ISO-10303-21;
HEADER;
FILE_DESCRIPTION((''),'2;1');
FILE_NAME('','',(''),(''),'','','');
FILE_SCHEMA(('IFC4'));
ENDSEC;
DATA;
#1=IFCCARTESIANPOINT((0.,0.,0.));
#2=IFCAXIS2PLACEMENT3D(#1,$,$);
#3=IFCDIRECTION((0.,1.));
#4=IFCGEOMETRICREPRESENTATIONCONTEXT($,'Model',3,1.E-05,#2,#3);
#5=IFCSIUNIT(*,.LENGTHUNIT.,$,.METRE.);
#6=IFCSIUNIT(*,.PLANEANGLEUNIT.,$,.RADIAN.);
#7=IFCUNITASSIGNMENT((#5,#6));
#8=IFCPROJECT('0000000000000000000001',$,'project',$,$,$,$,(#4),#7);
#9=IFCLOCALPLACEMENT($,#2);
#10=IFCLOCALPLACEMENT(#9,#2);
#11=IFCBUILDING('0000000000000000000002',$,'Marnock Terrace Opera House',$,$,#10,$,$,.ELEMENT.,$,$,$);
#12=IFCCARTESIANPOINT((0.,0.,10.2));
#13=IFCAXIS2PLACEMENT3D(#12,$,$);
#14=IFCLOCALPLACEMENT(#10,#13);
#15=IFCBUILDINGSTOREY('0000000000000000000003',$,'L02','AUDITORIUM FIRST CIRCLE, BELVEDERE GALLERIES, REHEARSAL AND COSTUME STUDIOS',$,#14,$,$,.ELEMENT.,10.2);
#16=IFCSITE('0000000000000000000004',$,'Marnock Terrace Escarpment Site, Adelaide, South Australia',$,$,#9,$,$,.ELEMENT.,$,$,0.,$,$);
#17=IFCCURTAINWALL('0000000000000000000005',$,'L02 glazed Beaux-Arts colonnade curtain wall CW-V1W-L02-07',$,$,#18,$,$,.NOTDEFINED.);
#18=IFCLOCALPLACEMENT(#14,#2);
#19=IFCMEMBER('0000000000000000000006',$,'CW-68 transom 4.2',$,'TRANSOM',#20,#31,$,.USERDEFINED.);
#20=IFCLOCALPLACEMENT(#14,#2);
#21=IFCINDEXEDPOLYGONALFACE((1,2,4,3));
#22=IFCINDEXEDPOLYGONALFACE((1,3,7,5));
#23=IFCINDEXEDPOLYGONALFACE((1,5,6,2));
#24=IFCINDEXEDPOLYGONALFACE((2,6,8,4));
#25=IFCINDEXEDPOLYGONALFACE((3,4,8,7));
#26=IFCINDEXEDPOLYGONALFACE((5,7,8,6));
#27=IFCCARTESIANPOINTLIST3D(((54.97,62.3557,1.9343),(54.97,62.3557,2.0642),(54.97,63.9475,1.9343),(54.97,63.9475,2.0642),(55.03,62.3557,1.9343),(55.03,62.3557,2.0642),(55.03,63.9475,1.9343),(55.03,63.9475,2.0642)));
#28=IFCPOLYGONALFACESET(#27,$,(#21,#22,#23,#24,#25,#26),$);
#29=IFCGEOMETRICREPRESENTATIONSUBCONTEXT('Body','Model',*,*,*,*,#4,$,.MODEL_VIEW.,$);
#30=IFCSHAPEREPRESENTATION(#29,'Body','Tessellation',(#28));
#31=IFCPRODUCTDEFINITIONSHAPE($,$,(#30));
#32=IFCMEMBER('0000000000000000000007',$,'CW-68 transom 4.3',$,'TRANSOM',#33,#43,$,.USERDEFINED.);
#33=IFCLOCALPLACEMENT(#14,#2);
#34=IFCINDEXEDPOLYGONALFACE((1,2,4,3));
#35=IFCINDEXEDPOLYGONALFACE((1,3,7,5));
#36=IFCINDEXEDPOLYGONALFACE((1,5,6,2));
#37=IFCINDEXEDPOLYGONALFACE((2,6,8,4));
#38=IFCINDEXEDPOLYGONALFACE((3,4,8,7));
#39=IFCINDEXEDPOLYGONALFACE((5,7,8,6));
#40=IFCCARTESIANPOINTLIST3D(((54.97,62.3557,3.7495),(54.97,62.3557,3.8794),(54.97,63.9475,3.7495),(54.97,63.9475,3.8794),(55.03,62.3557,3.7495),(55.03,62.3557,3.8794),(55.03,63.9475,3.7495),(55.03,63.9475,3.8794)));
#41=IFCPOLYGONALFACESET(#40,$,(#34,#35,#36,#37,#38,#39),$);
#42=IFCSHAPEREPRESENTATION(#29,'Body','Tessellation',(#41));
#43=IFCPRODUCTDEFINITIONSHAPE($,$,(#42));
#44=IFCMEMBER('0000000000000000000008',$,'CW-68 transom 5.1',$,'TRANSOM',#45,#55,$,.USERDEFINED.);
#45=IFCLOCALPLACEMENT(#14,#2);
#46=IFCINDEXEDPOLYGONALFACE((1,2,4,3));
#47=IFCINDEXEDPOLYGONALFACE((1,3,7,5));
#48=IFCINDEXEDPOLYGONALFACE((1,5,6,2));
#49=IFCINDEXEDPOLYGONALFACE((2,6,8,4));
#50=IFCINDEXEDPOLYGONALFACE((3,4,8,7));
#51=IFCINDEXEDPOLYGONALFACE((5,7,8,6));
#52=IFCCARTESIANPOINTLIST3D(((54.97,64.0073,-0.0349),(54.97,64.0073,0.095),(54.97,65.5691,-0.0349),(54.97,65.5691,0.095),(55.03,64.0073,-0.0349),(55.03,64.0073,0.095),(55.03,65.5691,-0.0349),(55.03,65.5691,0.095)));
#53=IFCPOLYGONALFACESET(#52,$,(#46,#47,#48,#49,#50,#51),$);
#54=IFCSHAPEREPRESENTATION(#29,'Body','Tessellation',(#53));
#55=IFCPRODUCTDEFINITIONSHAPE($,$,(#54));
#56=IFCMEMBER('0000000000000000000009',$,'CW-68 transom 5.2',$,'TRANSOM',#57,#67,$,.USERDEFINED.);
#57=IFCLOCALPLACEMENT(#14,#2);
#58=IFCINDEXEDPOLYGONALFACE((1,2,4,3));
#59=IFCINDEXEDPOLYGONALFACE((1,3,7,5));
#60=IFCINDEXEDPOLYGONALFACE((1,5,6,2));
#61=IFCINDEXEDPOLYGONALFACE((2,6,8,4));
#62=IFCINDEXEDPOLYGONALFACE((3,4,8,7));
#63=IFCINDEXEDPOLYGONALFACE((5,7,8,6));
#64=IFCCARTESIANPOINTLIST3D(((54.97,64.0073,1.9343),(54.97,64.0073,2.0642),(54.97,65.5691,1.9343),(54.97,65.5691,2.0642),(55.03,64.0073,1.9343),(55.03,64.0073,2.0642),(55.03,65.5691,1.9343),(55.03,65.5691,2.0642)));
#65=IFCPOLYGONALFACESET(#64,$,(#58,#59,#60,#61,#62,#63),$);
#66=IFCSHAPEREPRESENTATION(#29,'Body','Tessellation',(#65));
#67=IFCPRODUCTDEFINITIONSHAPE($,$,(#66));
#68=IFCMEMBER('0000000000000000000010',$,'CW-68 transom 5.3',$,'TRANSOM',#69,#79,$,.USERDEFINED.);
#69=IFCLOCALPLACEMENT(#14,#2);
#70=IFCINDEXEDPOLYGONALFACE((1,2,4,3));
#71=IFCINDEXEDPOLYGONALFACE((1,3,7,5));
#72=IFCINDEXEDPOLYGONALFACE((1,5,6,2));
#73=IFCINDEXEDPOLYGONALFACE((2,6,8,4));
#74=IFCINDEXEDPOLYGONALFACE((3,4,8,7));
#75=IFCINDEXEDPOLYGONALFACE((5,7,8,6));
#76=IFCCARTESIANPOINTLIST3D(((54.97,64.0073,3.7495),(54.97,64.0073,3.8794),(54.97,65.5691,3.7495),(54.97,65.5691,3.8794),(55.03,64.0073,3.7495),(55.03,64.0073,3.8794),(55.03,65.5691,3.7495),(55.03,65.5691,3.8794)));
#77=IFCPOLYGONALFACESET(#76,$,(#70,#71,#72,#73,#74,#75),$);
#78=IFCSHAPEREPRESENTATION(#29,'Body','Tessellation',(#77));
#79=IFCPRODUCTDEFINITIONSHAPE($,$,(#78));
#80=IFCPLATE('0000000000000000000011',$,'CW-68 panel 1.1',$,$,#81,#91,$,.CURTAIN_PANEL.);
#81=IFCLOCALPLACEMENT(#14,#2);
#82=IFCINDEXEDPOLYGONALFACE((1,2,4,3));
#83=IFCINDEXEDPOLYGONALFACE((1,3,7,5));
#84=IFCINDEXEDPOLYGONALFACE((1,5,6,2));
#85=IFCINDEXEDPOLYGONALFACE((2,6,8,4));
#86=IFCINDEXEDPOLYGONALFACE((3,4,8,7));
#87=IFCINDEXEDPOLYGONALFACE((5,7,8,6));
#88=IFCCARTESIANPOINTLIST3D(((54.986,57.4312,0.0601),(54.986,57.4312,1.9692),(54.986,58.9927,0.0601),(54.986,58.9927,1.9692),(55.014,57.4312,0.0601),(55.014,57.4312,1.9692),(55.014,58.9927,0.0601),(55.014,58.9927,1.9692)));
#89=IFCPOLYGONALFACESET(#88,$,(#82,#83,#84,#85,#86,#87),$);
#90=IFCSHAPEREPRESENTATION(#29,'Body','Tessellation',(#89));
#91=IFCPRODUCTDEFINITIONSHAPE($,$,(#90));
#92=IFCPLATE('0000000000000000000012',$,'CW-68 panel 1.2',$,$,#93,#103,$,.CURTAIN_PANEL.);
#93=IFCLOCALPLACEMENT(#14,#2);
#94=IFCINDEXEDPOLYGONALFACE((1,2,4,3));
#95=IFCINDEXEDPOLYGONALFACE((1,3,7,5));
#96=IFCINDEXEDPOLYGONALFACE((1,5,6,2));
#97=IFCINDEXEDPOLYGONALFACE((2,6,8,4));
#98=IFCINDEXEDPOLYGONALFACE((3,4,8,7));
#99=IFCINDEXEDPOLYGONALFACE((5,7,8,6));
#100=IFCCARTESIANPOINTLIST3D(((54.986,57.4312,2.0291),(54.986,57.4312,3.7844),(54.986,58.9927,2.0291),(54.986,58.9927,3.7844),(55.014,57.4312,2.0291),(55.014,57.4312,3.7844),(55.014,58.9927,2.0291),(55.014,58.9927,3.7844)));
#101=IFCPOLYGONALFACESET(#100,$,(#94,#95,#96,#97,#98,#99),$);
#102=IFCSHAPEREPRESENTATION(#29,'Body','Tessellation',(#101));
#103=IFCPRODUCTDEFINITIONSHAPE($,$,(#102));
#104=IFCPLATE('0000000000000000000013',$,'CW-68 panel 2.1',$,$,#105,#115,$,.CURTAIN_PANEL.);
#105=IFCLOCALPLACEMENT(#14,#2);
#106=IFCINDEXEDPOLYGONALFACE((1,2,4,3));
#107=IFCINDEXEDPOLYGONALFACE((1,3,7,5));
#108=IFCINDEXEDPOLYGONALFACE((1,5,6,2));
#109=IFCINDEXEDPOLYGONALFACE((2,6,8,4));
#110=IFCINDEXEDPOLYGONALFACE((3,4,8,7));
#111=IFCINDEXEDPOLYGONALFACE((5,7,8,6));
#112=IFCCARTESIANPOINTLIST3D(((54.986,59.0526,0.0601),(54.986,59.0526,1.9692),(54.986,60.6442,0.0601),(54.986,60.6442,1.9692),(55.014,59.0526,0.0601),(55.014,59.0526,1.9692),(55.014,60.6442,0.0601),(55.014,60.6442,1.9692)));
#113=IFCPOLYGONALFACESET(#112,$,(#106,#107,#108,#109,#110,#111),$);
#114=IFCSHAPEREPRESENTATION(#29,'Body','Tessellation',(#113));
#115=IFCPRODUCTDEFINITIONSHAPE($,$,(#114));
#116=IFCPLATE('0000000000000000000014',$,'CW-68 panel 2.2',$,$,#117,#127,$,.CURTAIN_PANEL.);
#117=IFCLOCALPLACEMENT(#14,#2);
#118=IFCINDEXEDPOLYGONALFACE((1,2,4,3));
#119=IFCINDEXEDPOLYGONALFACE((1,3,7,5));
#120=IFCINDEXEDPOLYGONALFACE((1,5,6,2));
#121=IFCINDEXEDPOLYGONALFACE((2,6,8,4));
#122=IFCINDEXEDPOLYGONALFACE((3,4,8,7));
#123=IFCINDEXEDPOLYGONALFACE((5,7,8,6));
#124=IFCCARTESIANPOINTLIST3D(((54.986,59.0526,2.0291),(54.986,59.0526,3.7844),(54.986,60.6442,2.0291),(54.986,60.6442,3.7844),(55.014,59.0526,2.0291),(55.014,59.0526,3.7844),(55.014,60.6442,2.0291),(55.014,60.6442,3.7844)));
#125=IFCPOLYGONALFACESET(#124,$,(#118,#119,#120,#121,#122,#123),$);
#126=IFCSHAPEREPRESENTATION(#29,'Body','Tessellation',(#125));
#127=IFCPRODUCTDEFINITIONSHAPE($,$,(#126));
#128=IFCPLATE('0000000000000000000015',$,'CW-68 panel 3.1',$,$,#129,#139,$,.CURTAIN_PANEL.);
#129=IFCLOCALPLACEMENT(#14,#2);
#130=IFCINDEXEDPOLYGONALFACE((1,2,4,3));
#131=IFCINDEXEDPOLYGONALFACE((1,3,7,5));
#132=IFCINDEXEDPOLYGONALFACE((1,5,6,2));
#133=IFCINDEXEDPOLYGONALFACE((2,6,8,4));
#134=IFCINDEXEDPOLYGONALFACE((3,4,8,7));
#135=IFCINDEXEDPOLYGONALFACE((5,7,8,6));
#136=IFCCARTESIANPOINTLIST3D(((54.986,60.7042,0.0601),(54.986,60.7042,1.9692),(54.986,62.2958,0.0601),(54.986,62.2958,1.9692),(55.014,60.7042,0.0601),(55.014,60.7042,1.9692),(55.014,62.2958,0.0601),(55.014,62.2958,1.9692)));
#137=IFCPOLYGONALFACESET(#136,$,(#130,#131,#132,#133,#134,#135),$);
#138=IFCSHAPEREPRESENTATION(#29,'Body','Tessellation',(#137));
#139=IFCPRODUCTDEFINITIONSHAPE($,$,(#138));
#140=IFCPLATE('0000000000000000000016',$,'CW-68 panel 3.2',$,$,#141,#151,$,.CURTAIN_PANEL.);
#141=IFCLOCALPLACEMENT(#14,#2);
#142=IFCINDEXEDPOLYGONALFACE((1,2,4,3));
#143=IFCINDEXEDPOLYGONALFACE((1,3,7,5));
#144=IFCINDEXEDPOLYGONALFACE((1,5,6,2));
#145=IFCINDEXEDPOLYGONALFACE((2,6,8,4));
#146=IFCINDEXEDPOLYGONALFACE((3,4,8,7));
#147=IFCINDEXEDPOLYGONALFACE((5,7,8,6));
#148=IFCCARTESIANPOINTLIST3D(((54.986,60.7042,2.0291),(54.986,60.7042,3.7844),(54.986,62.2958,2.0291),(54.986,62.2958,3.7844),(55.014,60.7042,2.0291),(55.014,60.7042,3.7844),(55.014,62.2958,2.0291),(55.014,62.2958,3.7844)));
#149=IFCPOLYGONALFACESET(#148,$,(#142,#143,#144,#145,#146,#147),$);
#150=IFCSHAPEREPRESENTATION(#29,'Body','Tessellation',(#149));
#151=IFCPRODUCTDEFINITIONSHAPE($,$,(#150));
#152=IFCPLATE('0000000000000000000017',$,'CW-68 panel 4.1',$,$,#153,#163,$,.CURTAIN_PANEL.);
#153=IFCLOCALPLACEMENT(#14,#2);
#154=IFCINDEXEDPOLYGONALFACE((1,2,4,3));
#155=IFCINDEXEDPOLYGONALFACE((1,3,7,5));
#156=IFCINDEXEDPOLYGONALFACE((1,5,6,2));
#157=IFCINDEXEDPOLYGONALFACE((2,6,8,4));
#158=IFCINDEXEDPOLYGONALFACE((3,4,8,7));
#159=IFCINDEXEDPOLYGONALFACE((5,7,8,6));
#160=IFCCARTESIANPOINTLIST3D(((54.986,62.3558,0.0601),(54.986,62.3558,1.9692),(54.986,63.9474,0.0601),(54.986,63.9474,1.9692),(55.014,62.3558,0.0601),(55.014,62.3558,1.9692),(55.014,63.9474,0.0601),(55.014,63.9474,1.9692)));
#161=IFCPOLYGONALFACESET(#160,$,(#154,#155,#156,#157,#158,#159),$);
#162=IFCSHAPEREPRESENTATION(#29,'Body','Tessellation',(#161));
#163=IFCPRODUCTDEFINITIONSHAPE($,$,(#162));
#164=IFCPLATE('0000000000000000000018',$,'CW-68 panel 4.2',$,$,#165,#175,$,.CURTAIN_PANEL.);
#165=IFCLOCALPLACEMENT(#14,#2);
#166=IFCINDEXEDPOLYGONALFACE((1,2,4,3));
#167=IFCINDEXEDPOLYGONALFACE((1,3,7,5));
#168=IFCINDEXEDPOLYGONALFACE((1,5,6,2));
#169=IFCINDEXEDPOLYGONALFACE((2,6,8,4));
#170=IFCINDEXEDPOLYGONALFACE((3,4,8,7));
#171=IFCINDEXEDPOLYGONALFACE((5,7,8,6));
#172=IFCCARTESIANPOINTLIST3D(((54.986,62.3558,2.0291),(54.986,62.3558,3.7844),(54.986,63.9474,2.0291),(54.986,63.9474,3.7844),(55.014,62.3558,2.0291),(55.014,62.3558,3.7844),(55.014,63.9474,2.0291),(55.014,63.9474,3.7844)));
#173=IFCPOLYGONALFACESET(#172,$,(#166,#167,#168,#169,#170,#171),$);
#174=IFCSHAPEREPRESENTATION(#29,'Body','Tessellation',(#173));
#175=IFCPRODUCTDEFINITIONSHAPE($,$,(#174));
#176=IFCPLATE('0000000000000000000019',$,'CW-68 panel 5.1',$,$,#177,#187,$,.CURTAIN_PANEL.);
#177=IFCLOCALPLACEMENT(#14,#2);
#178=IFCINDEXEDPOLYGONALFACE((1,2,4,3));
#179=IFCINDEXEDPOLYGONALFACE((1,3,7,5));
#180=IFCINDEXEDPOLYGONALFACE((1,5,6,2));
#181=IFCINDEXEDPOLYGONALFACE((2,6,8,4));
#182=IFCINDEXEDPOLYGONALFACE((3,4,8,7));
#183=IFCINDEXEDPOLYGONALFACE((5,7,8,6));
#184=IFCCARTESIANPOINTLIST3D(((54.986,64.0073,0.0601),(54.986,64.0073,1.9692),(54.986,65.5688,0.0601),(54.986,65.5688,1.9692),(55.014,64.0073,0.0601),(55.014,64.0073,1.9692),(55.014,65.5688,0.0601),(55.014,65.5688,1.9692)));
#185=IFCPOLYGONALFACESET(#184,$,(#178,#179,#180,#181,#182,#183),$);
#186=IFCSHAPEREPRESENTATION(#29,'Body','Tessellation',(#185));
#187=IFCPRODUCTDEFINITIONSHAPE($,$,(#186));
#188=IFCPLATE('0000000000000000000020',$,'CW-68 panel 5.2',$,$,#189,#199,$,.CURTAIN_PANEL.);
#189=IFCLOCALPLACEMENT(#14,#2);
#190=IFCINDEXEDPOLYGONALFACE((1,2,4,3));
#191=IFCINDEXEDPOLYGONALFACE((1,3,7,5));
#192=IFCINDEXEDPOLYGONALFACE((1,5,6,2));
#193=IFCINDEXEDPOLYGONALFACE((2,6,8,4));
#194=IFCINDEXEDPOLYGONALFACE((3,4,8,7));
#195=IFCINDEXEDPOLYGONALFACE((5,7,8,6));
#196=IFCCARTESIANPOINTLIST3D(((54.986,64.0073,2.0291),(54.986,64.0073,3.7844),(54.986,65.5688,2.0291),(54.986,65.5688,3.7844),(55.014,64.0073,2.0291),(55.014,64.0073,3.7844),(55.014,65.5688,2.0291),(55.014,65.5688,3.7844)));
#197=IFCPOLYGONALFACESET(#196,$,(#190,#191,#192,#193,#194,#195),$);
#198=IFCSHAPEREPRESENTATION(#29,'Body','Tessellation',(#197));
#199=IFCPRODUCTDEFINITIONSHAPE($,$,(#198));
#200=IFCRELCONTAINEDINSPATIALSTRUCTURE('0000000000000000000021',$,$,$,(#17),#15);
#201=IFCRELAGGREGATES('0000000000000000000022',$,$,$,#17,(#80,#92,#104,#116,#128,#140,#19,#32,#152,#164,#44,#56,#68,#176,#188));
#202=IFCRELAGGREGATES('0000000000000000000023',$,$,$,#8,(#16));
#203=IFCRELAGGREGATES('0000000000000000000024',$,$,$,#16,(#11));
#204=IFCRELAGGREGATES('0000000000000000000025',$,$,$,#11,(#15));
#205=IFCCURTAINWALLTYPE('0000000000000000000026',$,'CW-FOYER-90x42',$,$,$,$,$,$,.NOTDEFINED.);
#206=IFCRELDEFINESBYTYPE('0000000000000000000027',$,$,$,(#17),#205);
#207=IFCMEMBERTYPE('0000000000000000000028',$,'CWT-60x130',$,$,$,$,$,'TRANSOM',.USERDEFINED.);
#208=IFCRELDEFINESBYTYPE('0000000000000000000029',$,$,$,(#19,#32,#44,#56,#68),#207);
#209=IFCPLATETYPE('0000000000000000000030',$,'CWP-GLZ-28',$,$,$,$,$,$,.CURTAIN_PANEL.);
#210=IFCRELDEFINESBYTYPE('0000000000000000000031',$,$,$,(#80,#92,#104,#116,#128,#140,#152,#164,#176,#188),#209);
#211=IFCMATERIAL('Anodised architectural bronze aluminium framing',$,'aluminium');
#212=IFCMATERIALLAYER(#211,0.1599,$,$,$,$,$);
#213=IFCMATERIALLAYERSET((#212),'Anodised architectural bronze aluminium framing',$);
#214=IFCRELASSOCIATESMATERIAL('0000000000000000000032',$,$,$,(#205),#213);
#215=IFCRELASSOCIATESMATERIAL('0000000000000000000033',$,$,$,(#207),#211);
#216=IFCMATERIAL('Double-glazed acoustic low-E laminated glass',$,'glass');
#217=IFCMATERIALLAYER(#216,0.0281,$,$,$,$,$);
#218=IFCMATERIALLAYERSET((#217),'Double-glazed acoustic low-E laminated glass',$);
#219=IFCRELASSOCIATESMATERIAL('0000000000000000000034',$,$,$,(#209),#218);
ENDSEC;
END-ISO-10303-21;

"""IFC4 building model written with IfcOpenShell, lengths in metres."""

from ifc_helpers import new_model, si_unit, direction, frame, origin, origin_2d, place, context, subcontext, project, spatial, rectangle, extrude, material, layer, layer_set, material_profile, profile_set, type_object, element, aggregate, save


model = new_model("IFC4")

# Units and contexts
model_context = context("Model", 3, precision=1e-05, world=origin(), true_north=direction((0.0, 1.0)))
body_context = subcontext(model_context, "Body", "Model", "MODEL_VIEW")
ifc_project = project(units=[si_unit("LENGTHUNIT", "METRE"), si_unit("PLANEANGLEUNIT", "RADIAN")], contexts=[model_context])

# Site, building, storey
site_placement = place(None, origin())
site = spatial("IfcSite", under=ifc_project, at=site_placement, Name="Marnock Terrace Escarpment Site, Adelaide, South Australia", CompositionType="ELEMENT", RefElevation=0.0)
building_placement = place(site_placement, origin())
building = spatial("IfcBuilding", under=site, at=building_placement, Name="Marnock Terrace Opera House", CompositionType="ELEMENT")
storey_placement = place(building_placement, frame((0.0, 0.0, 10.2)))
storey = spatial("IfcBuildingStorey", under=building, at=storey_placement, Name="L02", Description="AUDITORIUM FIRST CIRCLE, BELVEDERE GALLERIES, REHEARSAL AND COSTUME STUDIOS", CompositionType="ELEMENT", Elevation=10.2)

# Curtain wall, members, plates
ifc_material_1 = material(Name="Anodised architectural bronze aluminium framing", Category="aluminium")
ifc_layer_1 = layer(ifc_material_1, 0.1599)
ifc_layer_set_1 = layer_set([ifc_layer_1], Name="Anodised architectural bronze aluminium framing")
curtain_wall_type = type_object("IfcCurtainWallType", Name="CW-FOYER-90x42", PredefinedType="NOTDEFINED", material=ifc_layer_set_1)
curtain_wall_placement = place(storey_placement, origin())
curtain_wall = element("IfcCurtainWall", 1, at=curtain_wall_placement, inside=storey, type_object=curtain_wall_type, Name="L02 glazed Beaux-Arts colonnade curtain wall CW-V1W-L02-07", PredefinedType="NOTDEFINED")
ifc_material_profile_1 = material_profile(ifc_material_1, rectangle(XDim=0.0601, YDim=0.1299, at=origin_2d()))
ifc_profile_set_1 = profile_set([ifc_material_profile_1], Name="Anodised architectural bronze aluminium framing")
member_type_1 = type_object("IfcMemberType", Name="CWT-60x130", ElementType="TRANSOM", PredefinedType="USERDEFINED", material=ifc_profile_set_1)
member_1_placement = place(storey_placement, frame((55.0, 62.3557, 1.9993), z_axis=(0.0, 1.0, 0.0), x_axis=(-1.0, 0.0, 0.0)))
member_1 = element("IfcMember", 2, at=member_1_placement, type_object=member_type_1, Name="CW-68 transom 4.2", ObjectType="TRANSOM", PredefinedType="USERDEFINED", context=body_context, shape_type="SweptSolid", body=[
    extrude(rectangle(XDim=0.0601, YDim=0.1299, at=origin_2d()), origin(), (0.0, 0.0, 1.0), 1.5918),
])
member_2_placement = place(storey_placement, frame((55.0, 62.3557, 3.8145), z_axis=(0.0, 1.0, 0.0), x_axis=(-1.0, 0.0, 0.0)))
member_2 = element("IfcMember", 3, at=member_2_placement, type_object=member_type_1, Name="CW-68 transom 4.3", ObjectType="TRANSOM", PredefinedType="USERDEFINED", context=body_context, shape_type="SweptSolid", body=[
    extrude(rectangle(XDim=0.0601, YDim=0.1299, at=origin_2d()), origin(), (0.0, 0.0, 1.0), 1.5918),
])
member_3_placement = place(storey_placement, frame((55.0, 64.0073, 0.03), z_axis=(0.0, 1.0, 0.0), x_axis=(-1.0, 0.0, 0.0)))
member_3 = element("IfcMember", 4, at=member_3_placement, type_object=member_type_1, Name="CW-68 transom 5.1", ObjectType="TRANSOM", PredefinedType="USERDEFINED", context=body_context, shape_type="SweptSolid", body=[
    extrude(rectangle(XDim=0.0601, YDim=0.1299, at=origin_2d()), origin(), (0.0, 0.0, 1.0), 1.5618),
])
member_4_placement = place(storey_placement, frame((55.0, 64.0073, 1.9993), z_axis=(0.0, 1.0, 0.0), x_axis=(-1.0, 0.0, 0.0)))
member_4 = element("IfcMember", 5, at=member_4_placement, type_object=member_type_1, Name="CW-68 transom 5.2", ObjectType="TRANSOM", PredefinedType="USERDEFINED", context=body_context, shape_type="SweptSolid", body=[
    extrude(rectangle(XDim=0.0601, YDim=0.1299, at=origin_2d()), origin(), (0.0, 0.0, 1.0), 1.5618),
])
member_5_placement = place(storey_placement, frame((55.0, 64.0073, 3.8145), z_axis=(0.0, 1.0, 0.0), x_axis=(-1.0, 0.0, 0.0)))
member_5 = element("IfcMember", 6, at=member_5_placement, type_object=member_type_1, Name="CW-68 transom 5.3", ObjectType="TRANSOM", PredefinedType="USERDEFINED", context=body_context, shape_type="SweptSolid", body=[
    extrude(rectangle(XDim=0.0601, YDim=0.1299, at=origin_2d()), origin(), (0.0, 0.0, 1.0), 1.5618),
])
ifc_material_2 = material(Name="Double-glazed acoustic low-E laminated glass", Category="glass")
ifc_layer_2 = layer(ifc_material_2, 0.0281)
ifc_layer_set_2 = layer_set([ifc_layer_2], Name="Double-glazed acoustic low-E laminated glass")
plate_type = type_object("IfcPlateType", Name="CWP-GLZ-28", PredefinedType="CURTAIN_PANEL", material=ifc_layer_set_2)
plate_1_placement = place(storey_placement, frame((55.0, 58.2119, 0.0601), z_axis=(0.0, 0.0, 1.0), x_axis=(0.0, 1.0, 0.0)))
plate_1 = element("IfcPlate", 7, at=plate_1_placement, type_object=plate_type, Name="CW-68 panel 1.1", PredefinedType="CURTAIN_PANEL", context=body_context, shape_type="SweptSolid", body=[
    extrude(rectangle(XDim=1.5615, YDim=0.0281, at=origin_2d()), origin(), (0.0, 0.0, 1.0), 1.9092),
])
plate_2_placement = place(storey_placement, frame((55.0, 58.2119, 2.0291), z_axis=(0.0, 0.0, 1.0), x_axis=(0.0, 1.0, 0.0)))
plate_2 = element("IfcPlate", 8, at=plate_2_placement, type_object=plate_type, Name="CW-68 panel 1.2", PredefinedType="CURTAIN_PANEL", context=body_context, shape_type="SweptSolid", body=[
    extrude(rectangle(XDim=1.5615, YDim=0.0281, at=origin_2d()), origin(), (0.0, 0.0, 1.0), 1.7554),
])
plate_3_placement = place(storey_placement, frame((55.0, 59.8484, 0.0601), z_axis=(0.0, 0.0, 1.0), x_axis=(0.0, 1.0, 0.0)))
plate_3 = element("IfcPlate", 9, at=plate_3_placement, type_object=plate_type, Name="CW-68 panel 2.1", PredefinedType="CURTAIN_PANEL", context=body_context, shape_type="SweptSolid", body=[
    extrude(rectangle(XDim=1.5916, YDim=0.0281, at=origin_2d()), origin(), (0.0, 0.0, 1.0), 1.9092),
])
plate_4_placement = place(storey_placement, frame((55.0, 59.8484, 2.0291), z_axis=(0.0, 0.0, 1.0), x_axis=(0.0, 1.0, 0.0)))
plate_4 = element("IfcPlate", 10, at=plate_4_placement, type_object=plate_type, Name="CW-68 panel 2.2", PredefinedType="CURTAIN_PANEL", context=body_context, shape_type="SweptSolid", body=[
    extrude(rectangle(XDim=1.5916, YDim=0.0281, at=origin_2d()), origin(), (0.0, 0.0, 1.0), 1.7554),
])
plate_5_placement = place(storey_placement, frame((55.0, 61.5, 0.0601), z_axis=(0.0, 0.0, 1.0), x_axis=(0.0, 1.0, 0.0)))
plate_5 = element("IfcPlate", 11, at=plate_5_placement, type_object=plate_type, Name="CW-68 panel 3.1", PredefinedType="CURTAIN_PANEL", context=body_context, shape_type="SweptSolid", body=[
    extrude(rectangle(XDim=1.5916, YDim=0.0281, at=origin_2d()), origin(), (0.0, 0.0, 1.0), 1.9092),
])
plate_6_placement = place(storey_placement, frame((55.0, 61.5, 2.0291), z_axis=(0.0, 0.0, 1.0), x_axis=(0.0, 1.0, 0.0)))
plate_6 = element("IfcPlate", 12, at=plate_6_placement, type_object=plate_type, Name="CW-68 panel 3.2", PredefinedType="CURTAIN_PANEL", context=body_context, shape_type="SweptSolid", body=[
    extrude(rectangle(XDim=1.5916, YDim=0.0281, at=origin_2d()), origin(), (0.0, 0.0, 1.0), 1.7554),
])
plate_7_placement = place(storey_placement, frame((55.0, 63.1516, 0.0601), z_axis=(0.0, 0.0, 1.0), x_axis=(0.0, 1.0, 0.0)))
plate_7 = element("IfcPlate", 13, at=plate_7_placement, type_object=plate_type, Name="CW-68 panel 4.1", PredefinedType="CURTAIN_PANEL", context=body_context, shape_type="SweptSolid", body=[
    extrude(rectangle(XDim=1.5916, YDim=0.0281, at=origin_2d()), origin(), (0.0, 0.0, 1.0), 1.9092),
])
plate_8_placement = place(storey_placement, frame((55.0, 63.1516, 2.0291), z_axis=(0.0, 0.0, 1.0), x_axis=(0.0, 1.0, 0.0)))
plate_8 = element("IfcPlate", 14, at=plate_8_placement, type_object=plate_type, Name="CW-68 panel 4.2", PredefinedType="CURTAIN_PANEL", context=body_context, shape_type="SweptSolid", body=[
    extrude(rectangle(XDim=1.5916, YDim=0.0281, at=origin_2d()), origin(), (0.0, 0.0, 1.0), 1.7554),
])
plate_9_placement = place(storey_placement, frame((55.0, 64.7881, 0.0601), z_axis=(0.0, 0.0, 1.0), x_axis=(0.0, 1.0, 0.0)))
plate_9 = element("IfcPlate", 15, at=plate_9_placement, type_object=plate_type, Name="CW-68 panel 5.1", PredefinedType="CURTAIN_PANEL", context=body_context, shape_type="SweptSolid", body=[
    extrude(rectangle(XDim=1.5615, YDim=0.0281, at=origin_2d()), origin(), (0.0, 0.0, 1.0), 1.9092),
])
plate_10_placement = place(storey_placement, frame((55.0, 64.7881, 2.0291), z_axis=(0.0, 0.0, 1.0), x_axis=(0.0, 1.0, 0.0)))
plate_10 = element("IfcPlate", 16, at=plate_10_placement, type_object=plate_type, Name="CW-68 panel 5.2", PredefinedType="CURTAIN_PANEL", context=body_context, shape_type="SweptSolid", body=[
    extrude(rectangle(XDim=1.5615, YDim=0.0281, at=origin_2d()), origin(), (0.0, 0.0, 1.0), 1.7554),
])
aggregate(curtain_wall, [plate_1, plate_2, plate_3, plate_4, plate_5, plate_6, member_1, member_2, plate_7, plate_8, member_3, member_4, member_5, plate_9, plate_10])

save(model, "model.ifc")
